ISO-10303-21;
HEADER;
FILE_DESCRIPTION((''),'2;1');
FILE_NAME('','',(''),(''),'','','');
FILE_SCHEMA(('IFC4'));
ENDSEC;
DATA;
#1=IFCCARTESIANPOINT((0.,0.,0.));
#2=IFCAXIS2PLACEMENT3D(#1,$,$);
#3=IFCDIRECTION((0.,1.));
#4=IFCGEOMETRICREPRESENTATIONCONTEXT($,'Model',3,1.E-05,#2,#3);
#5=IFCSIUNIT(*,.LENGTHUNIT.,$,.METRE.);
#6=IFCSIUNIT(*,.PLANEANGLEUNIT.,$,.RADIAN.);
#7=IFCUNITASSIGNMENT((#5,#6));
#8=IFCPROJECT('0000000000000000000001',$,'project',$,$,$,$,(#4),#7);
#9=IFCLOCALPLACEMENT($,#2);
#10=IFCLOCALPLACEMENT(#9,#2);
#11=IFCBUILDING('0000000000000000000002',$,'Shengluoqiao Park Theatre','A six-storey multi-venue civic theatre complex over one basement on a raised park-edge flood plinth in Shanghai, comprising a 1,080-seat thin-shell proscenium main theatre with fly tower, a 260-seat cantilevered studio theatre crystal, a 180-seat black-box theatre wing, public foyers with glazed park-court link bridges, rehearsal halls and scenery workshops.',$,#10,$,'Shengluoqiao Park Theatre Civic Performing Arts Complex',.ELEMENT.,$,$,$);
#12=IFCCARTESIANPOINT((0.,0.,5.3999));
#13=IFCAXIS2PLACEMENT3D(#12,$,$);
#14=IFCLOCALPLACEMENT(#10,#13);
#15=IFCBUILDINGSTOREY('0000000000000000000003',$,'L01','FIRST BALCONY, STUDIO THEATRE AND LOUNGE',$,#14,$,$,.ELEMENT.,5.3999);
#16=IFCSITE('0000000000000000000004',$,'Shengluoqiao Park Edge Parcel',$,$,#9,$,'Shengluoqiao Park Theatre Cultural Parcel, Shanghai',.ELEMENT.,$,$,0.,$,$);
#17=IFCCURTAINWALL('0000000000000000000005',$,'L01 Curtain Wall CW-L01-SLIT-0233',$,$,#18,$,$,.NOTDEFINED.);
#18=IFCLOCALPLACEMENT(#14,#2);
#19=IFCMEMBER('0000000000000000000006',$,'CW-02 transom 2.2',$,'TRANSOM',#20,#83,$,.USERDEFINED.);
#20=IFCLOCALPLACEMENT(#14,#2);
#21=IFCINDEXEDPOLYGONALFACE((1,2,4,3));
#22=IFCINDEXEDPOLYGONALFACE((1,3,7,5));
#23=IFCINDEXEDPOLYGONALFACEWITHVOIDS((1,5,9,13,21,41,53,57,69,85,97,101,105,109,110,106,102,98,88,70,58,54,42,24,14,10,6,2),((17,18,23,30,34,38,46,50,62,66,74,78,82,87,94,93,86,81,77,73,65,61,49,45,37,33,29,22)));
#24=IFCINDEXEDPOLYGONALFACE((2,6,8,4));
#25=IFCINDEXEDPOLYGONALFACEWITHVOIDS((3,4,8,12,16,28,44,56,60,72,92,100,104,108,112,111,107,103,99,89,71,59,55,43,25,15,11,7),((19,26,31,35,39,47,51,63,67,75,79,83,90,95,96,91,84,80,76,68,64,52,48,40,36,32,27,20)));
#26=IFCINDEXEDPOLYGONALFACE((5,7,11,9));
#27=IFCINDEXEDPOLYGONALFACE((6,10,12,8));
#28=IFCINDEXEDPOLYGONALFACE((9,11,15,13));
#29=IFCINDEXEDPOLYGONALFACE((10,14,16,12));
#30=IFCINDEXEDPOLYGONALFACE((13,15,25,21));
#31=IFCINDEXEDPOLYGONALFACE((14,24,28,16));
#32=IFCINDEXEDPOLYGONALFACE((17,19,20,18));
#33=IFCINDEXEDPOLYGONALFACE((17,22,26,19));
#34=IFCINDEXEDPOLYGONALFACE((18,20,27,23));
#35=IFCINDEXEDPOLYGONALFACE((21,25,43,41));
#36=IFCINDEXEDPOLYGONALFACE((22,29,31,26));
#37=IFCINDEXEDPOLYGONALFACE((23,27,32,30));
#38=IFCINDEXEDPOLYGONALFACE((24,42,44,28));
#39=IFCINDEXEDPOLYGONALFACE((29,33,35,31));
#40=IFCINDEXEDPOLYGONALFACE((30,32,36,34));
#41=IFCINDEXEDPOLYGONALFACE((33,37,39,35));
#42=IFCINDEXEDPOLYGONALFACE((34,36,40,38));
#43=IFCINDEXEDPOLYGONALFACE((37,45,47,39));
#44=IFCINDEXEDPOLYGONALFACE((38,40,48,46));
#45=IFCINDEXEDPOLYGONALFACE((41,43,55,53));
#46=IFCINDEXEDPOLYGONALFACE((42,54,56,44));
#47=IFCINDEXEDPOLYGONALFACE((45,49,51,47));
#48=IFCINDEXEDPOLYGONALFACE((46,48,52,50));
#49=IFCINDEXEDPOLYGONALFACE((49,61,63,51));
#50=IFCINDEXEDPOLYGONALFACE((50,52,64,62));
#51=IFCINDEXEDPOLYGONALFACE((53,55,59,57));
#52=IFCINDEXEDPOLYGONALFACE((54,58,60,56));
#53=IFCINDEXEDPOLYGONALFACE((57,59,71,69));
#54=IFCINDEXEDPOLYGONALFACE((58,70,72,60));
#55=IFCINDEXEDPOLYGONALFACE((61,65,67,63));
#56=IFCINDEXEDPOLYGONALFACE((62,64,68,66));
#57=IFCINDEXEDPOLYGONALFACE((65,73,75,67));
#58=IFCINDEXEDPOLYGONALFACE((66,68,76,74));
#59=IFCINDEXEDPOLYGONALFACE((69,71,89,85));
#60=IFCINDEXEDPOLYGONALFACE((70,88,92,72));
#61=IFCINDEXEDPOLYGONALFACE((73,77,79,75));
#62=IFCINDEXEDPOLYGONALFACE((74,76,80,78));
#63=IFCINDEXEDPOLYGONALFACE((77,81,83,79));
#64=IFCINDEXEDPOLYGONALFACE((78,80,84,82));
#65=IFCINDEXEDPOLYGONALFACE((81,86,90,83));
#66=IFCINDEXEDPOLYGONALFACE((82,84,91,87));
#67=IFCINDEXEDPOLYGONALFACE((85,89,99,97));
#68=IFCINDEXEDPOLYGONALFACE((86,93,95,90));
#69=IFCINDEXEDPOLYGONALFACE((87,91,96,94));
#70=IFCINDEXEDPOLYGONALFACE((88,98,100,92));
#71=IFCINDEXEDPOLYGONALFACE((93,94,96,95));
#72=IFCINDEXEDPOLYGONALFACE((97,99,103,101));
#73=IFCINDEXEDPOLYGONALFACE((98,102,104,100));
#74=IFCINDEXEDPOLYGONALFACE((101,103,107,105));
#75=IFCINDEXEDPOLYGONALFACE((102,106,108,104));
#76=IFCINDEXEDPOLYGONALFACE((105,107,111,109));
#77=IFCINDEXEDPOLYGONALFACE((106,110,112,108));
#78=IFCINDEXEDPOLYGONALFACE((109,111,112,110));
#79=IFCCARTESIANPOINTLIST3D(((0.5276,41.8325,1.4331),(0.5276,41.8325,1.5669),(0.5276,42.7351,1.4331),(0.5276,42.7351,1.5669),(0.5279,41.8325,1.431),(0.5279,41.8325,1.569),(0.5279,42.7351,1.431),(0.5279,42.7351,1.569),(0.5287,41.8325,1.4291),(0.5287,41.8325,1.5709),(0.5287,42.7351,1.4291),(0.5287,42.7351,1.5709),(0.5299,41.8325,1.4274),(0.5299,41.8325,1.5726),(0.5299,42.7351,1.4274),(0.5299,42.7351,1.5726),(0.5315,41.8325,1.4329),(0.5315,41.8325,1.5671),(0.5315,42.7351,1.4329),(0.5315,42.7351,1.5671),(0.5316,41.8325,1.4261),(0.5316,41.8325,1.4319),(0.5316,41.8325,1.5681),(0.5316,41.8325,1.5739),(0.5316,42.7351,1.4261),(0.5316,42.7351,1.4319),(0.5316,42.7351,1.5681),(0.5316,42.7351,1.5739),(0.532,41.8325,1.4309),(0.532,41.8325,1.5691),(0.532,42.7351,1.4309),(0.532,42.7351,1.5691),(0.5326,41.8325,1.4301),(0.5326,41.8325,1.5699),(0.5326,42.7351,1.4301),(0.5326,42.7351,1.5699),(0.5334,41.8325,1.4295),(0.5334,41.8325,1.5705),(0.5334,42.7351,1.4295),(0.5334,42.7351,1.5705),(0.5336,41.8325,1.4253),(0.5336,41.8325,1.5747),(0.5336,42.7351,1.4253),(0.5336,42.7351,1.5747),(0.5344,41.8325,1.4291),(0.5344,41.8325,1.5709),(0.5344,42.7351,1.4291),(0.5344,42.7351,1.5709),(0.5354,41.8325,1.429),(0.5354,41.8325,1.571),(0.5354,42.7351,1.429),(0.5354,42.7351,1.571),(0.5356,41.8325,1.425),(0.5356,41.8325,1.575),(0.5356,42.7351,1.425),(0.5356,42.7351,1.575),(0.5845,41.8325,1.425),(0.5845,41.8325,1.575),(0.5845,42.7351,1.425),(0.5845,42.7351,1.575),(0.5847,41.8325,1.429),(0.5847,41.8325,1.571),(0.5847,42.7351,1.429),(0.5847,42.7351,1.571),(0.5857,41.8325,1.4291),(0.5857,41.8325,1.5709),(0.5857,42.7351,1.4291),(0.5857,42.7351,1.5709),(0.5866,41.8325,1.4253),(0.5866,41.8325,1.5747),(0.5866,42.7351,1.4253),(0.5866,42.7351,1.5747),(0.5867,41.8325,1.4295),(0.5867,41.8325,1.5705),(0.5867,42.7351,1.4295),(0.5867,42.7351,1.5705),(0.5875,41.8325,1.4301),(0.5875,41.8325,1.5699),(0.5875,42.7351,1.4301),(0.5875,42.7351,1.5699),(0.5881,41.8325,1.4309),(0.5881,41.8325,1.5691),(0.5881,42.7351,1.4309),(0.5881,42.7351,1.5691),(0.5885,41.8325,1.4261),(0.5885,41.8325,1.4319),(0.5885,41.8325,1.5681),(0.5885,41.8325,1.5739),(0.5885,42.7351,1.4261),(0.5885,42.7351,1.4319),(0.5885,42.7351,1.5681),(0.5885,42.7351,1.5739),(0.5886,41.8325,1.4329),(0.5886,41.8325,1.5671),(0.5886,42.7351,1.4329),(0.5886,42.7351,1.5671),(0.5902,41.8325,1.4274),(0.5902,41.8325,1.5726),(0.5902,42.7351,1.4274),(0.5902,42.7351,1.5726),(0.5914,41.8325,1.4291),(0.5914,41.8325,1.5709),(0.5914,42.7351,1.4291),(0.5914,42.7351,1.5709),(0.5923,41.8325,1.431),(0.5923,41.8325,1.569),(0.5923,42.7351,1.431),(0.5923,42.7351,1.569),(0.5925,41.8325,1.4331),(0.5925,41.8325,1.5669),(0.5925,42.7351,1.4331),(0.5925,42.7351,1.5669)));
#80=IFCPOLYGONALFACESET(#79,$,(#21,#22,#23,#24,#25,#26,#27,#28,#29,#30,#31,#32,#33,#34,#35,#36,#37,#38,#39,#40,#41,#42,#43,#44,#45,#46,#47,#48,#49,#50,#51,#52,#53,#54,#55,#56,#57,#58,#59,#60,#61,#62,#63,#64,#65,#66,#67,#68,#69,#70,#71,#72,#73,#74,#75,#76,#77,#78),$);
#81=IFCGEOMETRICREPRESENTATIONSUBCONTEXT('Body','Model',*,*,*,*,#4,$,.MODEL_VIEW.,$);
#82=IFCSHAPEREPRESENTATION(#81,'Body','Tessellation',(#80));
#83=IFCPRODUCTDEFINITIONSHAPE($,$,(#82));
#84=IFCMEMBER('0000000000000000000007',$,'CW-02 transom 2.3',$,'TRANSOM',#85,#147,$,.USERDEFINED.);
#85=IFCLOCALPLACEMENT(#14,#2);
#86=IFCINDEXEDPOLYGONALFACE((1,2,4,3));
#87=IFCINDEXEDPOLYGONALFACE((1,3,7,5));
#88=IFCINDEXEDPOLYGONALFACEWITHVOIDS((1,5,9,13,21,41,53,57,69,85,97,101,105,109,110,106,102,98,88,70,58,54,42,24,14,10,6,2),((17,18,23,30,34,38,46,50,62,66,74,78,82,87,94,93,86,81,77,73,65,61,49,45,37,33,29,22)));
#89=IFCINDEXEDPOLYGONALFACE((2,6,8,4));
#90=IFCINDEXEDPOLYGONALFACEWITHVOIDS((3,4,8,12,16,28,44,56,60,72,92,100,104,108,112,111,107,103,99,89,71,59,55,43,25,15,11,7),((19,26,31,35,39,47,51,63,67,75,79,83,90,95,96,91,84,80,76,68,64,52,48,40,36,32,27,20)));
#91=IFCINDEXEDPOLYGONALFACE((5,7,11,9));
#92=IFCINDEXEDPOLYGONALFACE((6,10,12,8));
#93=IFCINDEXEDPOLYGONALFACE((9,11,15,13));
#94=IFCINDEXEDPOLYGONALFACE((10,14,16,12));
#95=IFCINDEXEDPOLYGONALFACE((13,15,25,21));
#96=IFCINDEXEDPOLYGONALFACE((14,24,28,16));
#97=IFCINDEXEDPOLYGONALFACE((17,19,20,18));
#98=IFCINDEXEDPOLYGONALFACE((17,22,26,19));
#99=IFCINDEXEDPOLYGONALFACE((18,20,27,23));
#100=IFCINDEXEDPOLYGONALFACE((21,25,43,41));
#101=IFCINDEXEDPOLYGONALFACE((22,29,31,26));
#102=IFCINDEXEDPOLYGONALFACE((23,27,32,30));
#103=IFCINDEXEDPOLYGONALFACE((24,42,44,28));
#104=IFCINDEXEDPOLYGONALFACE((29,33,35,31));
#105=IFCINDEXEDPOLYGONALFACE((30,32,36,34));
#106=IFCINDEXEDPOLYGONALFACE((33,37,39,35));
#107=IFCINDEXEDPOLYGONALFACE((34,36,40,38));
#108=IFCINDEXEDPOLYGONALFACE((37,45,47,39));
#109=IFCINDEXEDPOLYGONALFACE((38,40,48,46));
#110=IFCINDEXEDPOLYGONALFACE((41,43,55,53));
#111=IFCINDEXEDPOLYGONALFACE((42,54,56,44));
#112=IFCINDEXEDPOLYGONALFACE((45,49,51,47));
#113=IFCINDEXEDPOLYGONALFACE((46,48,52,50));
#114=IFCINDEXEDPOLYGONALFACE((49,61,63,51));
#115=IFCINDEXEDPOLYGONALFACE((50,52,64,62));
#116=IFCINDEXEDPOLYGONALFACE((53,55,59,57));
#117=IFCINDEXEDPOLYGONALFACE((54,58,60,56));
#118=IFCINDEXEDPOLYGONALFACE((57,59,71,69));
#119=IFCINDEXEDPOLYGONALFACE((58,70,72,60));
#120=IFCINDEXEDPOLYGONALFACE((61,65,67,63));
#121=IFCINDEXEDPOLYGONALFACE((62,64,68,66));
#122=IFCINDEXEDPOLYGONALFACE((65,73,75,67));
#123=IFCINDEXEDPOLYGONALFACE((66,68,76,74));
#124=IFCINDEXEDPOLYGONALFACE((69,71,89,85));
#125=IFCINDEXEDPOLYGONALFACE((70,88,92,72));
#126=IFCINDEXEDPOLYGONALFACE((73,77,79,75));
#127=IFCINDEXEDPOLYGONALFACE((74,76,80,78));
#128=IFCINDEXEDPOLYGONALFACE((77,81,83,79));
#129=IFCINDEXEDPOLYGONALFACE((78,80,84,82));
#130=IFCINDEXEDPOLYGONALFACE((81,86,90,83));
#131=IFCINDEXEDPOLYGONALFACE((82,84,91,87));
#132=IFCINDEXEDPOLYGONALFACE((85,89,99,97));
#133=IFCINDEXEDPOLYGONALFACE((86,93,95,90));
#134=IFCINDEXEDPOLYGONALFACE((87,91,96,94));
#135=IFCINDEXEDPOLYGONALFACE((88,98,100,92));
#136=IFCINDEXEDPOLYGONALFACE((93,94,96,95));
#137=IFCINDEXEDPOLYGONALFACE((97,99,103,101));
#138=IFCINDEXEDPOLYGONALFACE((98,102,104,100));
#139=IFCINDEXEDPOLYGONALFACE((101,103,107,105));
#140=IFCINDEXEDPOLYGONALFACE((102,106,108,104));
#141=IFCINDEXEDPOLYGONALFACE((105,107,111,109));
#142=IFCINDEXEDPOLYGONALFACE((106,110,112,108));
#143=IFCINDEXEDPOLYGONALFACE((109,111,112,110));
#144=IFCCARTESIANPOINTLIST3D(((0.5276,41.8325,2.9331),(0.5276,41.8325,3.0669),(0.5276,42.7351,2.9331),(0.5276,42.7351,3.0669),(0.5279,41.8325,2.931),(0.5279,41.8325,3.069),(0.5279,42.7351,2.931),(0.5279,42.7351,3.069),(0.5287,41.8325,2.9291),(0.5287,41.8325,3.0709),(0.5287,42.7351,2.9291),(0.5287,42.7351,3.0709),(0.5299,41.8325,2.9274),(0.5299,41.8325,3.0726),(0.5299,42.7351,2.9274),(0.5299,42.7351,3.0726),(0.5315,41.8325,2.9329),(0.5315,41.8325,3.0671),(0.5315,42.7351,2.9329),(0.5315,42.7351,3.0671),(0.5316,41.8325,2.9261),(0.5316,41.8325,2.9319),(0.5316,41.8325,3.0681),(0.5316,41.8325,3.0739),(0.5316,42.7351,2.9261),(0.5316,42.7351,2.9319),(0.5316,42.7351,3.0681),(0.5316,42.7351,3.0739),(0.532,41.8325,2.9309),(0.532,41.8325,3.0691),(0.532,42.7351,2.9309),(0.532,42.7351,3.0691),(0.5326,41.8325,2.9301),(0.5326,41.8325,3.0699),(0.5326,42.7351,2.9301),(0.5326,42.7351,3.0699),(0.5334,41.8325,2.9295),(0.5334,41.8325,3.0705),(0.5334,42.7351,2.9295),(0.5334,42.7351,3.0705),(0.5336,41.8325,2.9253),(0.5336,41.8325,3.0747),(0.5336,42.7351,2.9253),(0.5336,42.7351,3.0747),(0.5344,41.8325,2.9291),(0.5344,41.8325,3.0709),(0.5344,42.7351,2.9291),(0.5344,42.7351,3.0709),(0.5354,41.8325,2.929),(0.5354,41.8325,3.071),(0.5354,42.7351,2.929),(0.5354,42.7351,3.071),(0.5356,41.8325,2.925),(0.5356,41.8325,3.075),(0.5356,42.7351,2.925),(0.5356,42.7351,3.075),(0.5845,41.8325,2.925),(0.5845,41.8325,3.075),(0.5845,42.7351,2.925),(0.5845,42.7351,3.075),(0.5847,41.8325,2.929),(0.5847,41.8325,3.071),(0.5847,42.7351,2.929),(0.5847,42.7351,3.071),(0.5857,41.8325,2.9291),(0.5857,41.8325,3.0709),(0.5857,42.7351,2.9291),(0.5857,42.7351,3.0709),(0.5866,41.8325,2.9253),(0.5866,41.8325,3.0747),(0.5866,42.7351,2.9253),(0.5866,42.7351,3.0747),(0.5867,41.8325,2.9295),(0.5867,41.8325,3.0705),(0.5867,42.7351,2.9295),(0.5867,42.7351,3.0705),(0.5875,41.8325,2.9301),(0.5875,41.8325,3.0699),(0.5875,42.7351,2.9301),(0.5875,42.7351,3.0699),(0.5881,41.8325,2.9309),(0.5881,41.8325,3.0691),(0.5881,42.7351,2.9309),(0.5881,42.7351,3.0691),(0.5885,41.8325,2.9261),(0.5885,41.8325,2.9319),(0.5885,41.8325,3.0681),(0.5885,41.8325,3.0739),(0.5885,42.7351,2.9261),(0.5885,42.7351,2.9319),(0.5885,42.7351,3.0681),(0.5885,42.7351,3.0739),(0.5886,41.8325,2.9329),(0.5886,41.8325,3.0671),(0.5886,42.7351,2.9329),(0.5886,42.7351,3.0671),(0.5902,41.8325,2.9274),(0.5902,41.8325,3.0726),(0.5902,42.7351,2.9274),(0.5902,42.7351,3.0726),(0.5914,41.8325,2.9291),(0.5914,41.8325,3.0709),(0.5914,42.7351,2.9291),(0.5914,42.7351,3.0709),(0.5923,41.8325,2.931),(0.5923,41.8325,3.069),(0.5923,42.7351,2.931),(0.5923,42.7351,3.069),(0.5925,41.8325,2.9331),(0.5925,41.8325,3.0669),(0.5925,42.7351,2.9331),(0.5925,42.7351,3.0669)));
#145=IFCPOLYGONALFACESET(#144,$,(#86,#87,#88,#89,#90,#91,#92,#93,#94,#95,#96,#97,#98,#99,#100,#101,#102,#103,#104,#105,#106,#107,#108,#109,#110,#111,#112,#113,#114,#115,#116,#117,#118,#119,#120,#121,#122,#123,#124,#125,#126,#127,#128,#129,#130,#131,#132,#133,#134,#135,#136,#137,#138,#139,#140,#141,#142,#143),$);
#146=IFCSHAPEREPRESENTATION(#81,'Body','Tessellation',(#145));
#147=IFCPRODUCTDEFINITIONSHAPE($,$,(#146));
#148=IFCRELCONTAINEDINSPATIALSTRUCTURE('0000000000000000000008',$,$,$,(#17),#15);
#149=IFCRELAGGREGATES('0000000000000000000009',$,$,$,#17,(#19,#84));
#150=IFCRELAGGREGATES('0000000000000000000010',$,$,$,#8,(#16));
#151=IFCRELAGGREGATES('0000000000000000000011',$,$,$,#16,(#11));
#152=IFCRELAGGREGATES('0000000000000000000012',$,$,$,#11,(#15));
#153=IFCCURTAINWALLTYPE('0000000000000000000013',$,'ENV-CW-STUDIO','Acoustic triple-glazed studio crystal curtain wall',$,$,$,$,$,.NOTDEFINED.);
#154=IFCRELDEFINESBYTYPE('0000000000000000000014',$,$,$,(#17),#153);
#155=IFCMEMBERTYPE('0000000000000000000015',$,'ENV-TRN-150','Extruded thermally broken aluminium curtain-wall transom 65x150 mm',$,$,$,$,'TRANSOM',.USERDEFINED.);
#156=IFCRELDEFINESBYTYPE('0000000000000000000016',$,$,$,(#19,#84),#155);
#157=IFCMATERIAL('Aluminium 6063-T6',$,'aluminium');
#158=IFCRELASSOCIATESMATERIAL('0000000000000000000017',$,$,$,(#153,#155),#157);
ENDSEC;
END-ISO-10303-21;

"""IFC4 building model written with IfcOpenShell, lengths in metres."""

from ifc_helpers import new_model, si_unit, direction, frame, origin, origin_2d, place, context, subcontext, project, spatial, hollow_rectangle, extrude, material, material_profile, profile_set, type_object, element, aggregate, save


model = new_model("IFC4")

# Units and contexts
model_context = context("Model", 3, precision=1e-05, world=origin(), true_north=direction((0.0, 1.0)))
body_context = subcontext(model_context, "Body", "Model", "MODEL_VIEW")
ifc_project = project(units=[si_unit("LENGTHUNIT", "METRE"), si_unit("PLANEANGLEUNIT", "RADIAN")], contexts=[model_context])

# Site, building, storey
site_placement = place(None, origin())
site = spatial("IfcSite", under=ifc_project, at=site_placement, Name="Shengluoqiao Park Edge Parcel", LongName="Shengluoqiao Park Theatre Cultural Parcel, Shanghai", CompositionType="ELEMENT", RefElevation=0.0)
building_placement = place(site_placement, origin())
building = spatial("IfcBuilding", under=site, at=building_placement, Name="Shengluoqiao Park Theatre", Description="A six-storey multi-venue civic theatre complex over one basement on a raised park-edge flood plinth in Shanghai, comprising a 1,080-seat thin-shell proscenium main theatre with fly tower, a 260-seat cantilevered studio theatre crystal, a 180-seat black-box theatre wing, public foyers with glazed park-court link bridges, rehearsal halls and scenery workshops.", LongName="Shengluoqiao Park Theatre Civic Performing Arts Complex", CompositionType="ELEMENT")
storey_placement = place(building_placement, frame((0.0, 0.0, 5.3999)))
storey = spatial("IfcBuildingStorey", under=building, at=storey_placement, Name="L01", Description="FIRST BALCONY, STUDIO THEATRE AND LOUNGE", CompositionType="ELEMENT", Elevation=5.3999)

# Curtain wall, members
ifc_material_1 = material(Name="Aluminium 6063-T6", Category="aluminium")
curtain_wall_type = type_object("IfcCurtainWallType", Name="ENV-CW-STUDIO", Description="Acoustic triple-glazed studio crystal curtain wall", PredefinedType="NOTDEFINED", material=ifc_material_1)
curtain_wall_placement = place(storey_placement, origin())
curtain_wall = element("IfcCurtainWall", 1, at=curtain_wall_placement, inside=storey, type_object=curtain_wall_type, Name="L01 Curtain Wall CW-L01-SLIT-0233", PredefinedType="NOTDEFINED")
ifc_material_profile_1 = material_profile(ifc_material_1, hollow_rectangle(XDim=0.0649, YDim=0.1499, WallThickness=0.0039, InnerFilletRadius=0.0039, OuterFilletRadius=0.0081, at=origin_2d()), Name="ALU TRANSOM 150x65x4")
ifc_profile_set_1 = profile_set([ifc_material_profile_1], Name="Aluminium 6063-T6")
member_type_1 = type_object("IfcMemberType", Name="ENV-TRN-150", Description="Extruded thermally broken aluminium curtain-wall transom 65x150 mm", ElementType="TRANSOM", PredefinedType="USERDEFINED", material=ifc_profile_set_1)
member_1_placement = place(storey_placement, frame((0.5601, 41.8325, 1.5), z_axis=(0.0, 1.0, 0.0), x_axis=(-1.0, 0.0, 0.0)))
member_1 = element("IfcMember", 2, at=member_1_placement, type_object=member_type_1, Name="CW-02 transom 2.2", ObjectType="TRANSOM", PredefinedType="USERDEFINED", context=body_context, shape_type="SweptSolid", body=[
    extrude(hollow_rectangle(XDim=0.0649, YDim=0.1499, WallThickness=0.0039, InnerFilletRadius=0.0039, OuterFilletRadius=0.0081, at=origin_2d()), origin(), (0.0, 0.0, 1.0), 0.9026),
])
member_2_placement = place(storey_placement, frame((0.5601, 41.8325, 3.0), z_axis=(0.0, 1.0, 0.0), x_axis=(-1.0, 0.0, 0.0)))
member_2 = element("IfcMember", 3, at=member_2_placement, type_object=member_type_1, Name="CW-02 transom 2.3", ObjectType="TRANSOM", PredefinedType="USERDEFINED", context=body_context, shape_type="SweptSolid", body=[
    extrude(hollow_rectangle(XDim=0.0649, YDim=0.1499, WallThickness=0.0039, InnerFilletRadius=0.0039, OuterFilletRadius=0.0081, at=origin_2d()), origin(), (0.0, 0.0, 1.0), 0.9026),
])

aggregate(curtain_wall, [member_1, member_2])

save(model, "model.ifc")
